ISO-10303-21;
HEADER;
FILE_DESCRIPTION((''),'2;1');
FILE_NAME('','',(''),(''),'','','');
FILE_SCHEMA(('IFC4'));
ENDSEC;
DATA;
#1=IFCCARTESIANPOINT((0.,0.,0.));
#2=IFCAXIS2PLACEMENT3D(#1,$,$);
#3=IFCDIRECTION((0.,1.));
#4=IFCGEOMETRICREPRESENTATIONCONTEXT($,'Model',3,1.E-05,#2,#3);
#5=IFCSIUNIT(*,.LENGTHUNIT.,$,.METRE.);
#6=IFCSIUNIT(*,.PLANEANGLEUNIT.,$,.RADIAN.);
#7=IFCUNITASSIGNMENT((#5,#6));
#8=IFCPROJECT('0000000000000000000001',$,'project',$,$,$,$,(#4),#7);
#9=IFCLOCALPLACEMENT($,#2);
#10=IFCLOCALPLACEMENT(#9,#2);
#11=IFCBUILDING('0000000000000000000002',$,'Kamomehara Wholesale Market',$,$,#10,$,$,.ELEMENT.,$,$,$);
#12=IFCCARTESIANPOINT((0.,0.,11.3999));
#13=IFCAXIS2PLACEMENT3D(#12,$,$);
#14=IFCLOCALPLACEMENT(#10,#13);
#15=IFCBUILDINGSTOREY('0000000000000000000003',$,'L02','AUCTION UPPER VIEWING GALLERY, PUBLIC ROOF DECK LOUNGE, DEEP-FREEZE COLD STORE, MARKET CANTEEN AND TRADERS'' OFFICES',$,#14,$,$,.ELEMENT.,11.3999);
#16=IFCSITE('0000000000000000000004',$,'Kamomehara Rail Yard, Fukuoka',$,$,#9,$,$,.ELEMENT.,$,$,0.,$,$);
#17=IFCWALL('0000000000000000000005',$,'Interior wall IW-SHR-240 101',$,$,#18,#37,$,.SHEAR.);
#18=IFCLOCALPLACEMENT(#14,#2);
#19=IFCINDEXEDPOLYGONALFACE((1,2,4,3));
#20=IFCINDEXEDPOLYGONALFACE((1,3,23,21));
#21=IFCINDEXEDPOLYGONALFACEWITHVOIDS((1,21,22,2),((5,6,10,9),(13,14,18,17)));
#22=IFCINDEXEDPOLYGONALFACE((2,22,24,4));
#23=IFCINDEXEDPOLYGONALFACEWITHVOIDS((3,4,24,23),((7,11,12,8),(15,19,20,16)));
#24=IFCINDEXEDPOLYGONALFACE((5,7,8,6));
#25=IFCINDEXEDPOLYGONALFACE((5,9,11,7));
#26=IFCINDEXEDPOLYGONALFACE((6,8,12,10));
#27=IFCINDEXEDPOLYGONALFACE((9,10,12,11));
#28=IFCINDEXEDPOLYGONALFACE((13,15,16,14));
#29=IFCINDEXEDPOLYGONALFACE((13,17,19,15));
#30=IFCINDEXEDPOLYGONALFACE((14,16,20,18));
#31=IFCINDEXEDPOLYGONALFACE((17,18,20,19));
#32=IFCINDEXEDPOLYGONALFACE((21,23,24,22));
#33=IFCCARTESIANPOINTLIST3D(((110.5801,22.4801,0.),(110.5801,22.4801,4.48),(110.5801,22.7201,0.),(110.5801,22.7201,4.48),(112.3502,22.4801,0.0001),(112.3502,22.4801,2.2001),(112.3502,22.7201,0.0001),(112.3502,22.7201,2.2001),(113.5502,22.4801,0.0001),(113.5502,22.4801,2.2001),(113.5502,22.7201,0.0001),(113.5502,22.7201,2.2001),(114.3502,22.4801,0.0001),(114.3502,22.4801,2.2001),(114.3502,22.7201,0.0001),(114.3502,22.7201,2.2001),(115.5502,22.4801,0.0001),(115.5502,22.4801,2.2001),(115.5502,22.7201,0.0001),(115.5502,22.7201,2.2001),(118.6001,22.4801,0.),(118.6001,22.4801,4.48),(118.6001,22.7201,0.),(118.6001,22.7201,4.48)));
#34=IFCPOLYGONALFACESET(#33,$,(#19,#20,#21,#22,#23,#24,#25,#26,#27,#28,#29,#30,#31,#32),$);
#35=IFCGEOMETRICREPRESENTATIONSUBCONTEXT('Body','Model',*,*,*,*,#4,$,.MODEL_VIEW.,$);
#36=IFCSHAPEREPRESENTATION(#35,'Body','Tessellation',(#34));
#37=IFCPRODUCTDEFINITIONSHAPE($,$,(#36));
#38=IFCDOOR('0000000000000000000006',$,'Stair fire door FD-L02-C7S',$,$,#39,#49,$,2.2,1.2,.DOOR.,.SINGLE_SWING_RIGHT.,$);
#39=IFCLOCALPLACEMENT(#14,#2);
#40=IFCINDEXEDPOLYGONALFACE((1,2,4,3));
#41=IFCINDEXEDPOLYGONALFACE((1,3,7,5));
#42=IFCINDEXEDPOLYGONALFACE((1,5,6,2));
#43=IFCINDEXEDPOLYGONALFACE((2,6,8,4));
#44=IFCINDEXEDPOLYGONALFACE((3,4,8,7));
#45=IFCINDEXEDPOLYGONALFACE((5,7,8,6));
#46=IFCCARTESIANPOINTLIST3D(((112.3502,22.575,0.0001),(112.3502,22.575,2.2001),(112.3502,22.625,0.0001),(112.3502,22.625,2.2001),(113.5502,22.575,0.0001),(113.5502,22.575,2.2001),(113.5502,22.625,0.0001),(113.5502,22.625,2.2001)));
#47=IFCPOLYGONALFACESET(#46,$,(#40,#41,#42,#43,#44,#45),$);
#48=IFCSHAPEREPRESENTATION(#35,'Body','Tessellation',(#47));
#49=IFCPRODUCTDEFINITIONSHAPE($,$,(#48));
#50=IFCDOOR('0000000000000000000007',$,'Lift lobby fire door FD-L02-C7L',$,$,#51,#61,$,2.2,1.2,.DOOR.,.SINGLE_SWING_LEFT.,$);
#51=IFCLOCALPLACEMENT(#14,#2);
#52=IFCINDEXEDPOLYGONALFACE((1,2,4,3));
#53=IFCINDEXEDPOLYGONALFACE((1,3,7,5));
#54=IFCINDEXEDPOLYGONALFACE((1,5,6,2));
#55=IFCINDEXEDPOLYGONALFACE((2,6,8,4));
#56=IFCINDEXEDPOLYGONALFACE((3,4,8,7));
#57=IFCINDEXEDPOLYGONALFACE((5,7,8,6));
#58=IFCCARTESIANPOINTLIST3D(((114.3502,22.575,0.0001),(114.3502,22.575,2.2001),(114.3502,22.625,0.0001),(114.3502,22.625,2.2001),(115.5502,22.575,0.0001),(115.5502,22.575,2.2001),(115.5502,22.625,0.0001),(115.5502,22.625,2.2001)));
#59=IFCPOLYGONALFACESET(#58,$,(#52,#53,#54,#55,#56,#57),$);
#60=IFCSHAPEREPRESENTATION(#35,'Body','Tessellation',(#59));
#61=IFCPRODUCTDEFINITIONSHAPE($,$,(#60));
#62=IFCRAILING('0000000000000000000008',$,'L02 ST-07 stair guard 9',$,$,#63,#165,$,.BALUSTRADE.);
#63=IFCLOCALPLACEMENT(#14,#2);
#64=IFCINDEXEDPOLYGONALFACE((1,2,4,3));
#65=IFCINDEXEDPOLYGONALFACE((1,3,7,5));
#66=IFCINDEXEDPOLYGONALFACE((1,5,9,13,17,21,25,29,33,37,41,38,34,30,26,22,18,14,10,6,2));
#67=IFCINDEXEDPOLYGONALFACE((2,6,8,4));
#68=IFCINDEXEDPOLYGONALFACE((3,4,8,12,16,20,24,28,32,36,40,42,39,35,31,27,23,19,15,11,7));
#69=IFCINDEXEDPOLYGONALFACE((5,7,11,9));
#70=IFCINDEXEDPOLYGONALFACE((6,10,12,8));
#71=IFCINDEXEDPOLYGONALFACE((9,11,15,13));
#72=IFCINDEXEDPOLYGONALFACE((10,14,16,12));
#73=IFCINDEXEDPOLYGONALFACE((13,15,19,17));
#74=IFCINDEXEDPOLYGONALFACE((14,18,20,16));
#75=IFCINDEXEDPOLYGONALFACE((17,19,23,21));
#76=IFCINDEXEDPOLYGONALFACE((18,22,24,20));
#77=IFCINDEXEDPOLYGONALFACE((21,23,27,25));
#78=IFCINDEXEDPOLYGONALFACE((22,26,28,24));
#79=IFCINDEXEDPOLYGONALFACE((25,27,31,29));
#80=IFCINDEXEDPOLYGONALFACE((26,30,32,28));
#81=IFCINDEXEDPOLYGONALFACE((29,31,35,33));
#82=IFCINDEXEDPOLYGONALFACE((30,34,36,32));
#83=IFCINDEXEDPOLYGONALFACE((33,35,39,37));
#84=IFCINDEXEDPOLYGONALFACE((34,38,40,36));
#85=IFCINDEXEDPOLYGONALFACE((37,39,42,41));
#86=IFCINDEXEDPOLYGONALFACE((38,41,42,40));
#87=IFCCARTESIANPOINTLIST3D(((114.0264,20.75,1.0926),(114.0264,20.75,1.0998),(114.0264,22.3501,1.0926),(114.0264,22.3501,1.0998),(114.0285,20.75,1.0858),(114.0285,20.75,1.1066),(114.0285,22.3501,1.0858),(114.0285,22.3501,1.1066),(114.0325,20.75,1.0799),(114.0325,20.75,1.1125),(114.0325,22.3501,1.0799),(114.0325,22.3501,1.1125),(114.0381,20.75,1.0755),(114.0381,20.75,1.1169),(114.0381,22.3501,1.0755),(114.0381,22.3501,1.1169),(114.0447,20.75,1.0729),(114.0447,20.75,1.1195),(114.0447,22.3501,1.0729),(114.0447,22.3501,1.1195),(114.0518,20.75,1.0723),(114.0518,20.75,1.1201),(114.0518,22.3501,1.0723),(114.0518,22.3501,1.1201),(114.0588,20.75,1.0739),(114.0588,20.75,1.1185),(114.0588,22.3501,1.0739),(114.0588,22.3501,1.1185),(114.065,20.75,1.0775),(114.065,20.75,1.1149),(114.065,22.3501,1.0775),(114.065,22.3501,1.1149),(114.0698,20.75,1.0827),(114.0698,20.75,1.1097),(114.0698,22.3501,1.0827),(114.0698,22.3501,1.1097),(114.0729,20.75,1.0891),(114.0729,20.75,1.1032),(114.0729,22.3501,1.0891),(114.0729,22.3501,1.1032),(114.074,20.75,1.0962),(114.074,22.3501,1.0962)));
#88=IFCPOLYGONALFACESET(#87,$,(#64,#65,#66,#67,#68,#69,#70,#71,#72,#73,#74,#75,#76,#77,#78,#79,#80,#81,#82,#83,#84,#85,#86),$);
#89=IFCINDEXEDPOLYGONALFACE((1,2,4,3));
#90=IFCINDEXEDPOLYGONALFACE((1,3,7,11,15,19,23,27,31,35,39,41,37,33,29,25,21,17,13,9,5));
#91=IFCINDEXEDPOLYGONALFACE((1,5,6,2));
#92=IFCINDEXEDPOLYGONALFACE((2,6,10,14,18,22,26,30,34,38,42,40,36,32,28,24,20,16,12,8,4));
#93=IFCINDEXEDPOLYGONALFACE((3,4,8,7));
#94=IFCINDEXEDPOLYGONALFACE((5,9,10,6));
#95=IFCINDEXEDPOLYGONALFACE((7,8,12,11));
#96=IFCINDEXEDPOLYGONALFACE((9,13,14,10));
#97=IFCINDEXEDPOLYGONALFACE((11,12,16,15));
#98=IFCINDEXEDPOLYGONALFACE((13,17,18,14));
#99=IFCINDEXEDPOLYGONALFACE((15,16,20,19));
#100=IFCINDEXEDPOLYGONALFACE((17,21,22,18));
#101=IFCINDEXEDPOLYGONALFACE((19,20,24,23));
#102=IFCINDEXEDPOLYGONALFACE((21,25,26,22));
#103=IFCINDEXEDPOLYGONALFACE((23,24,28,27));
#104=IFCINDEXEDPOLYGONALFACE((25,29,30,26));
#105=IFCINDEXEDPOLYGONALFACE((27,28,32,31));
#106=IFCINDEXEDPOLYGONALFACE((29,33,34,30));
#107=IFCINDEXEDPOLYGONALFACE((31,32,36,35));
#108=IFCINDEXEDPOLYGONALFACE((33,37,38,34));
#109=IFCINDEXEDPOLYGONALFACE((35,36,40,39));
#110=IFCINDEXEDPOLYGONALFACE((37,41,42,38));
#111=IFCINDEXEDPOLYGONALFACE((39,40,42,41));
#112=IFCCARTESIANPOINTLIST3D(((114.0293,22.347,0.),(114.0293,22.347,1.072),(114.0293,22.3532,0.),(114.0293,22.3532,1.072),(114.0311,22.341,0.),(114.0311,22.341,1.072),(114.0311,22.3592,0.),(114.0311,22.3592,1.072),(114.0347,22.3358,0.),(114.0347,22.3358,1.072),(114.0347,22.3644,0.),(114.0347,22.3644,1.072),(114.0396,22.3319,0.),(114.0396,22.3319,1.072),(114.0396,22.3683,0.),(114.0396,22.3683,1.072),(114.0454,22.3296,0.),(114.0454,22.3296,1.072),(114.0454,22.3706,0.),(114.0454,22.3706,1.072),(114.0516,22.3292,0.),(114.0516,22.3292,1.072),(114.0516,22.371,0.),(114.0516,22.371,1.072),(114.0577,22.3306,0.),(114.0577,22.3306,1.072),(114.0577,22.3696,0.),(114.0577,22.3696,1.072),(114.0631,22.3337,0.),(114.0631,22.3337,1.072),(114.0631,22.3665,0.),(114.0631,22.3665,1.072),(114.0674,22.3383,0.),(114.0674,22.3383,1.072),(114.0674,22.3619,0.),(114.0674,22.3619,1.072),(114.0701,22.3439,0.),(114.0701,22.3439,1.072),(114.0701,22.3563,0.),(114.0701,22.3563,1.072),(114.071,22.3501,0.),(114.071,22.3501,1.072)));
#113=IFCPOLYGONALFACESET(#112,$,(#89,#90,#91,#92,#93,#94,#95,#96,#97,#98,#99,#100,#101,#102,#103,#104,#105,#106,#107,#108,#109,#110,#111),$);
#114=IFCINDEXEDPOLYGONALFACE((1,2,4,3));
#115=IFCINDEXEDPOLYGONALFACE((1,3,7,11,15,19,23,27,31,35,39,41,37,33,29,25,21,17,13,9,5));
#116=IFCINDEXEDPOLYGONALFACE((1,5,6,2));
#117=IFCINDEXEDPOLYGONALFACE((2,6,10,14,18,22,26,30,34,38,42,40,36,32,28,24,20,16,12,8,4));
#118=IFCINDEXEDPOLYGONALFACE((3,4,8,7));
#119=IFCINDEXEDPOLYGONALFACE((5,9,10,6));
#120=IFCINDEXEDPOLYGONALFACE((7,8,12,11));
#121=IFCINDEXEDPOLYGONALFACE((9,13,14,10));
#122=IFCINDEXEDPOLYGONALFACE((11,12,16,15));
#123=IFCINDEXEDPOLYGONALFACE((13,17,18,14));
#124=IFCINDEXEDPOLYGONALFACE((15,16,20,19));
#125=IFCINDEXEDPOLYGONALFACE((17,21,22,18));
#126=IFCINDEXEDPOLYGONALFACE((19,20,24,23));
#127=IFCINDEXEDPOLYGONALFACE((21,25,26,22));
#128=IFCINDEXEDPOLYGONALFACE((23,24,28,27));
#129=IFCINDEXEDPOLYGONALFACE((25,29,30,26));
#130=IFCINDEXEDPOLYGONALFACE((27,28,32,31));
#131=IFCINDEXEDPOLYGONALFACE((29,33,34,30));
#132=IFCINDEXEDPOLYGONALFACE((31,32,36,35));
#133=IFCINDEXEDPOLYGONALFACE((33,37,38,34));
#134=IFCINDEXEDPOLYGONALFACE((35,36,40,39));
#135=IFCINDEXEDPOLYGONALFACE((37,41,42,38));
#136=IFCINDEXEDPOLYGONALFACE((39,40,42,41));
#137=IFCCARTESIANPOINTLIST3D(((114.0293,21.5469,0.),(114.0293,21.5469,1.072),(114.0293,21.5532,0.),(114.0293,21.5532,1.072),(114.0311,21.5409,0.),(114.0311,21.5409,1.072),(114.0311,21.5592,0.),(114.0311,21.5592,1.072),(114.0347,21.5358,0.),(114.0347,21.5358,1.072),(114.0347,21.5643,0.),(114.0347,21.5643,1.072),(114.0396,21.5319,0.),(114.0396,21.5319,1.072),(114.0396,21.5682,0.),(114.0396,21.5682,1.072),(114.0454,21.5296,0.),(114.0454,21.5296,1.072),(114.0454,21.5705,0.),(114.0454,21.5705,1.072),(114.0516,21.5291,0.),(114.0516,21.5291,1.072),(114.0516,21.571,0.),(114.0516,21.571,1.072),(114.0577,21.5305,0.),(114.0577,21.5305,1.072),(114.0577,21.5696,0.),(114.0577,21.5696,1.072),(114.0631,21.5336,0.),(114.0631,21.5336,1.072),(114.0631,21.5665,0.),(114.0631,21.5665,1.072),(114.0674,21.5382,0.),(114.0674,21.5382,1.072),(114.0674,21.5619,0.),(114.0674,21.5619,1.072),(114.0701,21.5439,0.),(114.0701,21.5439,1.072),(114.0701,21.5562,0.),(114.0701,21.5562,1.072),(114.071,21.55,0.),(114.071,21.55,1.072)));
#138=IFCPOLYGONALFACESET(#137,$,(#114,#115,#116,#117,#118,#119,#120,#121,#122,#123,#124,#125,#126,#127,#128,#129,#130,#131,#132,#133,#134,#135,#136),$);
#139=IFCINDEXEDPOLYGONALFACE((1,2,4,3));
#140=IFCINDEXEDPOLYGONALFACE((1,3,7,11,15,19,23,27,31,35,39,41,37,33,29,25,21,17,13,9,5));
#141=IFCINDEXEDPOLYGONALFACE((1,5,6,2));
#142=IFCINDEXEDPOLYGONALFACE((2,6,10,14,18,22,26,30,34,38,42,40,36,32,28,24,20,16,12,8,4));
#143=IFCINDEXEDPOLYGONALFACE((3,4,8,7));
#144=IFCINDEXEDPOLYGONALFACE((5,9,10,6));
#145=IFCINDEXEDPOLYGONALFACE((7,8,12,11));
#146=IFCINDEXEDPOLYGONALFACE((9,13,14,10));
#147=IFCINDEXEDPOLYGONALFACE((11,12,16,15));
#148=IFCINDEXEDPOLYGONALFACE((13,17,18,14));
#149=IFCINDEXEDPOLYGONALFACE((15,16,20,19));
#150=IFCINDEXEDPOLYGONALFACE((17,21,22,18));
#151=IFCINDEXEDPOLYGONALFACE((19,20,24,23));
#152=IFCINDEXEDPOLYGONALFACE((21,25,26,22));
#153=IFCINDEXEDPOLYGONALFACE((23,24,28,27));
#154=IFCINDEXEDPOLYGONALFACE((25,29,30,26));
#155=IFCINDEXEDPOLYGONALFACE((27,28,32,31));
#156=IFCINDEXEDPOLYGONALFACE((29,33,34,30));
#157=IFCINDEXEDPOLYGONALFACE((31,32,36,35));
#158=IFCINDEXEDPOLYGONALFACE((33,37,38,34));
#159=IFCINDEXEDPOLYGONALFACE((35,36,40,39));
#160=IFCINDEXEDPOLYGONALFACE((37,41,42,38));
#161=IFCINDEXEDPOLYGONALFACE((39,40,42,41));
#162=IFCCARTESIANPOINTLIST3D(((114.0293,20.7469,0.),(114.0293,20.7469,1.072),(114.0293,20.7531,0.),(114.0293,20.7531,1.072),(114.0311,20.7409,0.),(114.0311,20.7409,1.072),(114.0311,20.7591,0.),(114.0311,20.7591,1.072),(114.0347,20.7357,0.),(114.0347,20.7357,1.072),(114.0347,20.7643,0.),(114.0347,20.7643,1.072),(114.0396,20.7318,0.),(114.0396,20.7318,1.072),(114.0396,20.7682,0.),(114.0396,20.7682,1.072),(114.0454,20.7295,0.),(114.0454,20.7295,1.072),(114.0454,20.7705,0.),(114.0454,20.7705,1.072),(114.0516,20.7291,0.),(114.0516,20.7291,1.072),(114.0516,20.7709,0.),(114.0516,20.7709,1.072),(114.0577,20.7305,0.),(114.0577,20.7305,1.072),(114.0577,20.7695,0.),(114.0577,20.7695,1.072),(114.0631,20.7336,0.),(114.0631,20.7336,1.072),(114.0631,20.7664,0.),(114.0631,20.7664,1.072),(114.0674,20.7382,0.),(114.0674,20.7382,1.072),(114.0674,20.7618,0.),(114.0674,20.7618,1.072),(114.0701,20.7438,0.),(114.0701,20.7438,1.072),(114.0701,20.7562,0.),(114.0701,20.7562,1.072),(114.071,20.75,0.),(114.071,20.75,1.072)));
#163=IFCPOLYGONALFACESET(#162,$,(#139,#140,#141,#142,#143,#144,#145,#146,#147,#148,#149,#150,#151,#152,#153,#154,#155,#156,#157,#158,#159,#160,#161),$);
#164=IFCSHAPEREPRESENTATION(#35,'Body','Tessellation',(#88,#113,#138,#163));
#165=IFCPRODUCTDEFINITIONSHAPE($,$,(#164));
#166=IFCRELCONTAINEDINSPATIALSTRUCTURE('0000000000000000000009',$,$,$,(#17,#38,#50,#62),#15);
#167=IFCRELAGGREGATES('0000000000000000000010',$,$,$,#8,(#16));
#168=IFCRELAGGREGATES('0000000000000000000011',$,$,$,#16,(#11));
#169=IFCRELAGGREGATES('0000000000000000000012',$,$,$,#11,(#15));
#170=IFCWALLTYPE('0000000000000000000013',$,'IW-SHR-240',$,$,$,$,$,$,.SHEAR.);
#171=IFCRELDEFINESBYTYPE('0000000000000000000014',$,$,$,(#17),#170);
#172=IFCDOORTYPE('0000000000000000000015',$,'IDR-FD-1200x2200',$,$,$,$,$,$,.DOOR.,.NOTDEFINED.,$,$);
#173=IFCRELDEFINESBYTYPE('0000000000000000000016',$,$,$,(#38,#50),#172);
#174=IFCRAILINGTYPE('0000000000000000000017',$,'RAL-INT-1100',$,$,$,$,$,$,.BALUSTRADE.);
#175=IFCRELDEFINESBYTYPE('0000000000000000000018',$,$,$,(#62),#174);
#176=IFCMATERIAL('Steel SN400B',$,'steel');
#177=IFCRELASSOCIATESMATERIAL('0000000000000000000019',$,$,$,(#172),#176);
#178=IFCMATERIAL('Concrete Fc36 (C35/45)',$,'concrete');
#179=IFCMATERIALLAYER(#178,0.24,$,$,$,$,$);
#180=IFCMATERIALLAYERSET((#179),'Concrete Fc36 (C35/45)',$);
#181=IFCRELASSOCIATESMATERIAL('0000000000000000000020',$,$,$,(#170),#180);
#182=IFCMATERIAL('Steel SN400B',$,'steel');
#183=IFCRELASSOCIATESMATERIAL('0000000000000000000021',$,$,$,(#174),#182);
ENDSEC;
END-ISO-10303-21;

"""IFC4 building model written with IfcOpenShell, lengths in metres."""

from ifc_helpers import new_model, si_unit, direction, frame, frame_2d, origin, origin_2d, place, context, subcontext, project, spatial, rectangle, circle, extrude, material, layer, layer_set, type_object, element, fill, save


model = new_model("IFC4")

# Units and contexts
model_context = context("Model", 3, precision=1e-05, world=origin(), true_north=direction((0.0, 1.0)))
body_context = subcontext(model_context, "Body", "Model", "MODEL_VIEW")
ifc_project = project(units=[si_unit("LENGTHUNIT", "METRE"), si_unit("PLANEANGLEUNIT", "RADIAN")], contexts=[model_context])

# Site, building, storey
site_placement = place(None, origin())
site = spatial("IfcSite", under=ifc_project, at=site_placement, Name="Kamomehara Rail Yard, Fukuoka", CompositionType="ELEMENT", RefElevation=0.0)
building_placement = place(site_placement, origin())
building = spatial("IfcBuilding", under=site, at=building_placement, Name="Kamomehara Wholesale Market", CompositionType="ELEMENT")
storey_placement = place(building_placement, frame((0.0, 0.0, 11.3999)))
storey = spatial("IfcBuildingStorey", under=building, at=storey_placement, Name="L02", Description="AUCTION UPPER VIEWING GALLERY, PUBLIC ROOF DECK LOUNGE, DEEP-FREEZE COLD STORE, MARKET CANTEEN AND TRADERS' OFFICES", CompositionType="ELEMENT", Elevation=11.3999)

# Shared definitions
ifc_material_1 = material(Name="Steel SN400B", Category="steel")
door_type = type_object("IfcDoorType", Name="IDR-FD-1200x2200", OperationType="NOTDEFINED", PredefinedType="DOOR", material=ifc_material_1)

# Wall, openings, doors
ifc_material_2 = material(Name="Concrete Fc36 (C35/45)", Category="concrete")
ifc_layer_1 = layer(ifc_material_2, 0.24)
ifc_layer_set_1 = layer_set([ifc_layer_1], Name="Concrete Fc36 (C35/45)")
wall_type_1 = type_object("IfcWallType", Name="IW-SHR-240", PredefinedType="SHEAR", material=ifc_layer_set_1)
wall_1_placement = place(storey_placement, frame((110.5801, 22.6001, 0.0), z_axis=(0.0, 0.0, 1.0), x_axis=(1.0, 0.0, 0.0)))
wall_1 = element("IfcWall", 1, at=wall_1_placement, inside=storey, type_object=wall_type_1, Name="Interior wall IW-SHR-240 101", PredefinedType="SHEAR", context=body_context, shape_type="SweptSolid", body=[
    extrude(rectangle(XDim=8.02, YDim=0.24, at=frame_2d((4.01, 0.0))), origin(), (0.0, 0.0, 1.0), 4.48),
])
opening_1_placement = place(wall_1_placement, frame((1.77, 0.0, 0.0)))
opening_1 = element("IfcOpeningElement", 2, at=opening_1_placement, cuts=wall_1, PredefinedType="OPENING", context=body_context, shape_type="SweptSolid", body=[
    extrude(rectangle(XDim=1.2, YDim=2.2, at=frame_2d((0.6001, 1.1001))), frame((0.0, 0.1348, 0.0), z_axis=(0.0, -1.0, 0.0), x_axis=(1.0, 0.0, 0.0)), (0.0, 0.0, 1.0), 0.2698),
])
opening_2_placement = place(wall_1_placement, frame((3.77, 0.0, 0.0)))
opening_2 = element("IfcOpeningElement", 3, at=opening_2_placement, cuts=wall_1, PredefinedType="OPENING", context=body_context, shape_type="SweptSolid", body=[
    extrude(rectangle(XDim=1.2, YDim=2.2, at=frame_2d((0.6001, 1.1001))), frame((0.0, 0.1348, 0.0), z_axis=(0.0, -1.0, 0.0), x_axis=(1.0, 0.0, 0.0)), (0.0, 0.0, 1.0), 0.2698),
])
door_1_placement = place(opening_1_placement, origin())
door_1 = element("IfcDoor", 4, at=door_1_placement, inside=storey, type_object=door_type, Name="Stair fire door FD-L02-C7S", OperationType="SINGLE_SWING_RIGHT", OverallHeight=2.2, OverallWidth=1.2, PredefinedType="DOOR", context=body_context, shape_type="SweptSolid", body=[
    extrude(rectangle(XDim=1.2, YDim=2.2, at=frame_2d((0.6001, 1.1001))), frame((0.0, 0.0249, 0.0), z_axis=(0.0, -1.0, 0.0), x_axis=(1.0, 0.0, 0.0)), (0.0, 0.0, 1.0), 0.05),
])
fill(opening_1, door_1)
door_2_placement = place(opening_2_placement, origin())
door_2 = element("IfcDoor", 5, at=door_2_placement, inside=storey, type_object=door_type, Name="Lift lobby fire door FD-L02-C7L", OperationType="SINGLE_SWING_LEFT", OverallHeight=2.2, OverallWidth=1.2, PredefinedType="DOOR", context=body_context, shape_type="SweptSolid", body=[
    extrude(rectangle(XDim=1.2, YDim=2.2, at=frame_2d((0.6001, 1.1001))), frame((0.0, 0.0249, 0.0), z_axis=(0.0, -1.0, 0.0), x_axis=(1.0, 0.0, 0.0)), (0.0, 0.0, 1.0), 0.05),
])
fill(opening_2, door_2)

# Railing
ifc_material_3 = material(Name="Steel SN400B", Category="steel")
railing_type = type_object("IfcRailingType", Name="RAL-INT-1100", PredefinedType="BALUSTRADE", material=ifc_material_3)
railing_placement = place(storey_placement, frame((114.05, 22.3501, 0.0)))
element("IfcRailing", 6, at=railing_placement, inside=storey, type_object=railing_type, Name="L02 ST-07 stair guard 9", PredefinedType="BALUSTRADE", context=body_context, shape_type="SweptSolid", body=[
    extrude(circle(Radius=0.0239, at=origin_2d()), frame((0.0, 0.0, 1.0962), z_axis=(0.0, -1.0, 0.0), x_axis=(1.0, 0.0, 0.0)), (0.0, 0.0, 1.0), 1.6001),
    extrude(circle(Radius=0.021, at=origin_2d()), origin(), (0.0, 0.0, 1.0), 1.072),
    extrude(circle(Radius=0.021, at=origin_2d()), frame((0.0, -0.8, 0.0)), (0.0, 0.0, 1.0), 1.072),
    extrude(circle(Radius=0.021, at=origin_2d()), frame((0.0, -1.6001, 0.0)), (0.0, 0.0, 1.0), 1.072),
])

save(model, "model.ifc")
